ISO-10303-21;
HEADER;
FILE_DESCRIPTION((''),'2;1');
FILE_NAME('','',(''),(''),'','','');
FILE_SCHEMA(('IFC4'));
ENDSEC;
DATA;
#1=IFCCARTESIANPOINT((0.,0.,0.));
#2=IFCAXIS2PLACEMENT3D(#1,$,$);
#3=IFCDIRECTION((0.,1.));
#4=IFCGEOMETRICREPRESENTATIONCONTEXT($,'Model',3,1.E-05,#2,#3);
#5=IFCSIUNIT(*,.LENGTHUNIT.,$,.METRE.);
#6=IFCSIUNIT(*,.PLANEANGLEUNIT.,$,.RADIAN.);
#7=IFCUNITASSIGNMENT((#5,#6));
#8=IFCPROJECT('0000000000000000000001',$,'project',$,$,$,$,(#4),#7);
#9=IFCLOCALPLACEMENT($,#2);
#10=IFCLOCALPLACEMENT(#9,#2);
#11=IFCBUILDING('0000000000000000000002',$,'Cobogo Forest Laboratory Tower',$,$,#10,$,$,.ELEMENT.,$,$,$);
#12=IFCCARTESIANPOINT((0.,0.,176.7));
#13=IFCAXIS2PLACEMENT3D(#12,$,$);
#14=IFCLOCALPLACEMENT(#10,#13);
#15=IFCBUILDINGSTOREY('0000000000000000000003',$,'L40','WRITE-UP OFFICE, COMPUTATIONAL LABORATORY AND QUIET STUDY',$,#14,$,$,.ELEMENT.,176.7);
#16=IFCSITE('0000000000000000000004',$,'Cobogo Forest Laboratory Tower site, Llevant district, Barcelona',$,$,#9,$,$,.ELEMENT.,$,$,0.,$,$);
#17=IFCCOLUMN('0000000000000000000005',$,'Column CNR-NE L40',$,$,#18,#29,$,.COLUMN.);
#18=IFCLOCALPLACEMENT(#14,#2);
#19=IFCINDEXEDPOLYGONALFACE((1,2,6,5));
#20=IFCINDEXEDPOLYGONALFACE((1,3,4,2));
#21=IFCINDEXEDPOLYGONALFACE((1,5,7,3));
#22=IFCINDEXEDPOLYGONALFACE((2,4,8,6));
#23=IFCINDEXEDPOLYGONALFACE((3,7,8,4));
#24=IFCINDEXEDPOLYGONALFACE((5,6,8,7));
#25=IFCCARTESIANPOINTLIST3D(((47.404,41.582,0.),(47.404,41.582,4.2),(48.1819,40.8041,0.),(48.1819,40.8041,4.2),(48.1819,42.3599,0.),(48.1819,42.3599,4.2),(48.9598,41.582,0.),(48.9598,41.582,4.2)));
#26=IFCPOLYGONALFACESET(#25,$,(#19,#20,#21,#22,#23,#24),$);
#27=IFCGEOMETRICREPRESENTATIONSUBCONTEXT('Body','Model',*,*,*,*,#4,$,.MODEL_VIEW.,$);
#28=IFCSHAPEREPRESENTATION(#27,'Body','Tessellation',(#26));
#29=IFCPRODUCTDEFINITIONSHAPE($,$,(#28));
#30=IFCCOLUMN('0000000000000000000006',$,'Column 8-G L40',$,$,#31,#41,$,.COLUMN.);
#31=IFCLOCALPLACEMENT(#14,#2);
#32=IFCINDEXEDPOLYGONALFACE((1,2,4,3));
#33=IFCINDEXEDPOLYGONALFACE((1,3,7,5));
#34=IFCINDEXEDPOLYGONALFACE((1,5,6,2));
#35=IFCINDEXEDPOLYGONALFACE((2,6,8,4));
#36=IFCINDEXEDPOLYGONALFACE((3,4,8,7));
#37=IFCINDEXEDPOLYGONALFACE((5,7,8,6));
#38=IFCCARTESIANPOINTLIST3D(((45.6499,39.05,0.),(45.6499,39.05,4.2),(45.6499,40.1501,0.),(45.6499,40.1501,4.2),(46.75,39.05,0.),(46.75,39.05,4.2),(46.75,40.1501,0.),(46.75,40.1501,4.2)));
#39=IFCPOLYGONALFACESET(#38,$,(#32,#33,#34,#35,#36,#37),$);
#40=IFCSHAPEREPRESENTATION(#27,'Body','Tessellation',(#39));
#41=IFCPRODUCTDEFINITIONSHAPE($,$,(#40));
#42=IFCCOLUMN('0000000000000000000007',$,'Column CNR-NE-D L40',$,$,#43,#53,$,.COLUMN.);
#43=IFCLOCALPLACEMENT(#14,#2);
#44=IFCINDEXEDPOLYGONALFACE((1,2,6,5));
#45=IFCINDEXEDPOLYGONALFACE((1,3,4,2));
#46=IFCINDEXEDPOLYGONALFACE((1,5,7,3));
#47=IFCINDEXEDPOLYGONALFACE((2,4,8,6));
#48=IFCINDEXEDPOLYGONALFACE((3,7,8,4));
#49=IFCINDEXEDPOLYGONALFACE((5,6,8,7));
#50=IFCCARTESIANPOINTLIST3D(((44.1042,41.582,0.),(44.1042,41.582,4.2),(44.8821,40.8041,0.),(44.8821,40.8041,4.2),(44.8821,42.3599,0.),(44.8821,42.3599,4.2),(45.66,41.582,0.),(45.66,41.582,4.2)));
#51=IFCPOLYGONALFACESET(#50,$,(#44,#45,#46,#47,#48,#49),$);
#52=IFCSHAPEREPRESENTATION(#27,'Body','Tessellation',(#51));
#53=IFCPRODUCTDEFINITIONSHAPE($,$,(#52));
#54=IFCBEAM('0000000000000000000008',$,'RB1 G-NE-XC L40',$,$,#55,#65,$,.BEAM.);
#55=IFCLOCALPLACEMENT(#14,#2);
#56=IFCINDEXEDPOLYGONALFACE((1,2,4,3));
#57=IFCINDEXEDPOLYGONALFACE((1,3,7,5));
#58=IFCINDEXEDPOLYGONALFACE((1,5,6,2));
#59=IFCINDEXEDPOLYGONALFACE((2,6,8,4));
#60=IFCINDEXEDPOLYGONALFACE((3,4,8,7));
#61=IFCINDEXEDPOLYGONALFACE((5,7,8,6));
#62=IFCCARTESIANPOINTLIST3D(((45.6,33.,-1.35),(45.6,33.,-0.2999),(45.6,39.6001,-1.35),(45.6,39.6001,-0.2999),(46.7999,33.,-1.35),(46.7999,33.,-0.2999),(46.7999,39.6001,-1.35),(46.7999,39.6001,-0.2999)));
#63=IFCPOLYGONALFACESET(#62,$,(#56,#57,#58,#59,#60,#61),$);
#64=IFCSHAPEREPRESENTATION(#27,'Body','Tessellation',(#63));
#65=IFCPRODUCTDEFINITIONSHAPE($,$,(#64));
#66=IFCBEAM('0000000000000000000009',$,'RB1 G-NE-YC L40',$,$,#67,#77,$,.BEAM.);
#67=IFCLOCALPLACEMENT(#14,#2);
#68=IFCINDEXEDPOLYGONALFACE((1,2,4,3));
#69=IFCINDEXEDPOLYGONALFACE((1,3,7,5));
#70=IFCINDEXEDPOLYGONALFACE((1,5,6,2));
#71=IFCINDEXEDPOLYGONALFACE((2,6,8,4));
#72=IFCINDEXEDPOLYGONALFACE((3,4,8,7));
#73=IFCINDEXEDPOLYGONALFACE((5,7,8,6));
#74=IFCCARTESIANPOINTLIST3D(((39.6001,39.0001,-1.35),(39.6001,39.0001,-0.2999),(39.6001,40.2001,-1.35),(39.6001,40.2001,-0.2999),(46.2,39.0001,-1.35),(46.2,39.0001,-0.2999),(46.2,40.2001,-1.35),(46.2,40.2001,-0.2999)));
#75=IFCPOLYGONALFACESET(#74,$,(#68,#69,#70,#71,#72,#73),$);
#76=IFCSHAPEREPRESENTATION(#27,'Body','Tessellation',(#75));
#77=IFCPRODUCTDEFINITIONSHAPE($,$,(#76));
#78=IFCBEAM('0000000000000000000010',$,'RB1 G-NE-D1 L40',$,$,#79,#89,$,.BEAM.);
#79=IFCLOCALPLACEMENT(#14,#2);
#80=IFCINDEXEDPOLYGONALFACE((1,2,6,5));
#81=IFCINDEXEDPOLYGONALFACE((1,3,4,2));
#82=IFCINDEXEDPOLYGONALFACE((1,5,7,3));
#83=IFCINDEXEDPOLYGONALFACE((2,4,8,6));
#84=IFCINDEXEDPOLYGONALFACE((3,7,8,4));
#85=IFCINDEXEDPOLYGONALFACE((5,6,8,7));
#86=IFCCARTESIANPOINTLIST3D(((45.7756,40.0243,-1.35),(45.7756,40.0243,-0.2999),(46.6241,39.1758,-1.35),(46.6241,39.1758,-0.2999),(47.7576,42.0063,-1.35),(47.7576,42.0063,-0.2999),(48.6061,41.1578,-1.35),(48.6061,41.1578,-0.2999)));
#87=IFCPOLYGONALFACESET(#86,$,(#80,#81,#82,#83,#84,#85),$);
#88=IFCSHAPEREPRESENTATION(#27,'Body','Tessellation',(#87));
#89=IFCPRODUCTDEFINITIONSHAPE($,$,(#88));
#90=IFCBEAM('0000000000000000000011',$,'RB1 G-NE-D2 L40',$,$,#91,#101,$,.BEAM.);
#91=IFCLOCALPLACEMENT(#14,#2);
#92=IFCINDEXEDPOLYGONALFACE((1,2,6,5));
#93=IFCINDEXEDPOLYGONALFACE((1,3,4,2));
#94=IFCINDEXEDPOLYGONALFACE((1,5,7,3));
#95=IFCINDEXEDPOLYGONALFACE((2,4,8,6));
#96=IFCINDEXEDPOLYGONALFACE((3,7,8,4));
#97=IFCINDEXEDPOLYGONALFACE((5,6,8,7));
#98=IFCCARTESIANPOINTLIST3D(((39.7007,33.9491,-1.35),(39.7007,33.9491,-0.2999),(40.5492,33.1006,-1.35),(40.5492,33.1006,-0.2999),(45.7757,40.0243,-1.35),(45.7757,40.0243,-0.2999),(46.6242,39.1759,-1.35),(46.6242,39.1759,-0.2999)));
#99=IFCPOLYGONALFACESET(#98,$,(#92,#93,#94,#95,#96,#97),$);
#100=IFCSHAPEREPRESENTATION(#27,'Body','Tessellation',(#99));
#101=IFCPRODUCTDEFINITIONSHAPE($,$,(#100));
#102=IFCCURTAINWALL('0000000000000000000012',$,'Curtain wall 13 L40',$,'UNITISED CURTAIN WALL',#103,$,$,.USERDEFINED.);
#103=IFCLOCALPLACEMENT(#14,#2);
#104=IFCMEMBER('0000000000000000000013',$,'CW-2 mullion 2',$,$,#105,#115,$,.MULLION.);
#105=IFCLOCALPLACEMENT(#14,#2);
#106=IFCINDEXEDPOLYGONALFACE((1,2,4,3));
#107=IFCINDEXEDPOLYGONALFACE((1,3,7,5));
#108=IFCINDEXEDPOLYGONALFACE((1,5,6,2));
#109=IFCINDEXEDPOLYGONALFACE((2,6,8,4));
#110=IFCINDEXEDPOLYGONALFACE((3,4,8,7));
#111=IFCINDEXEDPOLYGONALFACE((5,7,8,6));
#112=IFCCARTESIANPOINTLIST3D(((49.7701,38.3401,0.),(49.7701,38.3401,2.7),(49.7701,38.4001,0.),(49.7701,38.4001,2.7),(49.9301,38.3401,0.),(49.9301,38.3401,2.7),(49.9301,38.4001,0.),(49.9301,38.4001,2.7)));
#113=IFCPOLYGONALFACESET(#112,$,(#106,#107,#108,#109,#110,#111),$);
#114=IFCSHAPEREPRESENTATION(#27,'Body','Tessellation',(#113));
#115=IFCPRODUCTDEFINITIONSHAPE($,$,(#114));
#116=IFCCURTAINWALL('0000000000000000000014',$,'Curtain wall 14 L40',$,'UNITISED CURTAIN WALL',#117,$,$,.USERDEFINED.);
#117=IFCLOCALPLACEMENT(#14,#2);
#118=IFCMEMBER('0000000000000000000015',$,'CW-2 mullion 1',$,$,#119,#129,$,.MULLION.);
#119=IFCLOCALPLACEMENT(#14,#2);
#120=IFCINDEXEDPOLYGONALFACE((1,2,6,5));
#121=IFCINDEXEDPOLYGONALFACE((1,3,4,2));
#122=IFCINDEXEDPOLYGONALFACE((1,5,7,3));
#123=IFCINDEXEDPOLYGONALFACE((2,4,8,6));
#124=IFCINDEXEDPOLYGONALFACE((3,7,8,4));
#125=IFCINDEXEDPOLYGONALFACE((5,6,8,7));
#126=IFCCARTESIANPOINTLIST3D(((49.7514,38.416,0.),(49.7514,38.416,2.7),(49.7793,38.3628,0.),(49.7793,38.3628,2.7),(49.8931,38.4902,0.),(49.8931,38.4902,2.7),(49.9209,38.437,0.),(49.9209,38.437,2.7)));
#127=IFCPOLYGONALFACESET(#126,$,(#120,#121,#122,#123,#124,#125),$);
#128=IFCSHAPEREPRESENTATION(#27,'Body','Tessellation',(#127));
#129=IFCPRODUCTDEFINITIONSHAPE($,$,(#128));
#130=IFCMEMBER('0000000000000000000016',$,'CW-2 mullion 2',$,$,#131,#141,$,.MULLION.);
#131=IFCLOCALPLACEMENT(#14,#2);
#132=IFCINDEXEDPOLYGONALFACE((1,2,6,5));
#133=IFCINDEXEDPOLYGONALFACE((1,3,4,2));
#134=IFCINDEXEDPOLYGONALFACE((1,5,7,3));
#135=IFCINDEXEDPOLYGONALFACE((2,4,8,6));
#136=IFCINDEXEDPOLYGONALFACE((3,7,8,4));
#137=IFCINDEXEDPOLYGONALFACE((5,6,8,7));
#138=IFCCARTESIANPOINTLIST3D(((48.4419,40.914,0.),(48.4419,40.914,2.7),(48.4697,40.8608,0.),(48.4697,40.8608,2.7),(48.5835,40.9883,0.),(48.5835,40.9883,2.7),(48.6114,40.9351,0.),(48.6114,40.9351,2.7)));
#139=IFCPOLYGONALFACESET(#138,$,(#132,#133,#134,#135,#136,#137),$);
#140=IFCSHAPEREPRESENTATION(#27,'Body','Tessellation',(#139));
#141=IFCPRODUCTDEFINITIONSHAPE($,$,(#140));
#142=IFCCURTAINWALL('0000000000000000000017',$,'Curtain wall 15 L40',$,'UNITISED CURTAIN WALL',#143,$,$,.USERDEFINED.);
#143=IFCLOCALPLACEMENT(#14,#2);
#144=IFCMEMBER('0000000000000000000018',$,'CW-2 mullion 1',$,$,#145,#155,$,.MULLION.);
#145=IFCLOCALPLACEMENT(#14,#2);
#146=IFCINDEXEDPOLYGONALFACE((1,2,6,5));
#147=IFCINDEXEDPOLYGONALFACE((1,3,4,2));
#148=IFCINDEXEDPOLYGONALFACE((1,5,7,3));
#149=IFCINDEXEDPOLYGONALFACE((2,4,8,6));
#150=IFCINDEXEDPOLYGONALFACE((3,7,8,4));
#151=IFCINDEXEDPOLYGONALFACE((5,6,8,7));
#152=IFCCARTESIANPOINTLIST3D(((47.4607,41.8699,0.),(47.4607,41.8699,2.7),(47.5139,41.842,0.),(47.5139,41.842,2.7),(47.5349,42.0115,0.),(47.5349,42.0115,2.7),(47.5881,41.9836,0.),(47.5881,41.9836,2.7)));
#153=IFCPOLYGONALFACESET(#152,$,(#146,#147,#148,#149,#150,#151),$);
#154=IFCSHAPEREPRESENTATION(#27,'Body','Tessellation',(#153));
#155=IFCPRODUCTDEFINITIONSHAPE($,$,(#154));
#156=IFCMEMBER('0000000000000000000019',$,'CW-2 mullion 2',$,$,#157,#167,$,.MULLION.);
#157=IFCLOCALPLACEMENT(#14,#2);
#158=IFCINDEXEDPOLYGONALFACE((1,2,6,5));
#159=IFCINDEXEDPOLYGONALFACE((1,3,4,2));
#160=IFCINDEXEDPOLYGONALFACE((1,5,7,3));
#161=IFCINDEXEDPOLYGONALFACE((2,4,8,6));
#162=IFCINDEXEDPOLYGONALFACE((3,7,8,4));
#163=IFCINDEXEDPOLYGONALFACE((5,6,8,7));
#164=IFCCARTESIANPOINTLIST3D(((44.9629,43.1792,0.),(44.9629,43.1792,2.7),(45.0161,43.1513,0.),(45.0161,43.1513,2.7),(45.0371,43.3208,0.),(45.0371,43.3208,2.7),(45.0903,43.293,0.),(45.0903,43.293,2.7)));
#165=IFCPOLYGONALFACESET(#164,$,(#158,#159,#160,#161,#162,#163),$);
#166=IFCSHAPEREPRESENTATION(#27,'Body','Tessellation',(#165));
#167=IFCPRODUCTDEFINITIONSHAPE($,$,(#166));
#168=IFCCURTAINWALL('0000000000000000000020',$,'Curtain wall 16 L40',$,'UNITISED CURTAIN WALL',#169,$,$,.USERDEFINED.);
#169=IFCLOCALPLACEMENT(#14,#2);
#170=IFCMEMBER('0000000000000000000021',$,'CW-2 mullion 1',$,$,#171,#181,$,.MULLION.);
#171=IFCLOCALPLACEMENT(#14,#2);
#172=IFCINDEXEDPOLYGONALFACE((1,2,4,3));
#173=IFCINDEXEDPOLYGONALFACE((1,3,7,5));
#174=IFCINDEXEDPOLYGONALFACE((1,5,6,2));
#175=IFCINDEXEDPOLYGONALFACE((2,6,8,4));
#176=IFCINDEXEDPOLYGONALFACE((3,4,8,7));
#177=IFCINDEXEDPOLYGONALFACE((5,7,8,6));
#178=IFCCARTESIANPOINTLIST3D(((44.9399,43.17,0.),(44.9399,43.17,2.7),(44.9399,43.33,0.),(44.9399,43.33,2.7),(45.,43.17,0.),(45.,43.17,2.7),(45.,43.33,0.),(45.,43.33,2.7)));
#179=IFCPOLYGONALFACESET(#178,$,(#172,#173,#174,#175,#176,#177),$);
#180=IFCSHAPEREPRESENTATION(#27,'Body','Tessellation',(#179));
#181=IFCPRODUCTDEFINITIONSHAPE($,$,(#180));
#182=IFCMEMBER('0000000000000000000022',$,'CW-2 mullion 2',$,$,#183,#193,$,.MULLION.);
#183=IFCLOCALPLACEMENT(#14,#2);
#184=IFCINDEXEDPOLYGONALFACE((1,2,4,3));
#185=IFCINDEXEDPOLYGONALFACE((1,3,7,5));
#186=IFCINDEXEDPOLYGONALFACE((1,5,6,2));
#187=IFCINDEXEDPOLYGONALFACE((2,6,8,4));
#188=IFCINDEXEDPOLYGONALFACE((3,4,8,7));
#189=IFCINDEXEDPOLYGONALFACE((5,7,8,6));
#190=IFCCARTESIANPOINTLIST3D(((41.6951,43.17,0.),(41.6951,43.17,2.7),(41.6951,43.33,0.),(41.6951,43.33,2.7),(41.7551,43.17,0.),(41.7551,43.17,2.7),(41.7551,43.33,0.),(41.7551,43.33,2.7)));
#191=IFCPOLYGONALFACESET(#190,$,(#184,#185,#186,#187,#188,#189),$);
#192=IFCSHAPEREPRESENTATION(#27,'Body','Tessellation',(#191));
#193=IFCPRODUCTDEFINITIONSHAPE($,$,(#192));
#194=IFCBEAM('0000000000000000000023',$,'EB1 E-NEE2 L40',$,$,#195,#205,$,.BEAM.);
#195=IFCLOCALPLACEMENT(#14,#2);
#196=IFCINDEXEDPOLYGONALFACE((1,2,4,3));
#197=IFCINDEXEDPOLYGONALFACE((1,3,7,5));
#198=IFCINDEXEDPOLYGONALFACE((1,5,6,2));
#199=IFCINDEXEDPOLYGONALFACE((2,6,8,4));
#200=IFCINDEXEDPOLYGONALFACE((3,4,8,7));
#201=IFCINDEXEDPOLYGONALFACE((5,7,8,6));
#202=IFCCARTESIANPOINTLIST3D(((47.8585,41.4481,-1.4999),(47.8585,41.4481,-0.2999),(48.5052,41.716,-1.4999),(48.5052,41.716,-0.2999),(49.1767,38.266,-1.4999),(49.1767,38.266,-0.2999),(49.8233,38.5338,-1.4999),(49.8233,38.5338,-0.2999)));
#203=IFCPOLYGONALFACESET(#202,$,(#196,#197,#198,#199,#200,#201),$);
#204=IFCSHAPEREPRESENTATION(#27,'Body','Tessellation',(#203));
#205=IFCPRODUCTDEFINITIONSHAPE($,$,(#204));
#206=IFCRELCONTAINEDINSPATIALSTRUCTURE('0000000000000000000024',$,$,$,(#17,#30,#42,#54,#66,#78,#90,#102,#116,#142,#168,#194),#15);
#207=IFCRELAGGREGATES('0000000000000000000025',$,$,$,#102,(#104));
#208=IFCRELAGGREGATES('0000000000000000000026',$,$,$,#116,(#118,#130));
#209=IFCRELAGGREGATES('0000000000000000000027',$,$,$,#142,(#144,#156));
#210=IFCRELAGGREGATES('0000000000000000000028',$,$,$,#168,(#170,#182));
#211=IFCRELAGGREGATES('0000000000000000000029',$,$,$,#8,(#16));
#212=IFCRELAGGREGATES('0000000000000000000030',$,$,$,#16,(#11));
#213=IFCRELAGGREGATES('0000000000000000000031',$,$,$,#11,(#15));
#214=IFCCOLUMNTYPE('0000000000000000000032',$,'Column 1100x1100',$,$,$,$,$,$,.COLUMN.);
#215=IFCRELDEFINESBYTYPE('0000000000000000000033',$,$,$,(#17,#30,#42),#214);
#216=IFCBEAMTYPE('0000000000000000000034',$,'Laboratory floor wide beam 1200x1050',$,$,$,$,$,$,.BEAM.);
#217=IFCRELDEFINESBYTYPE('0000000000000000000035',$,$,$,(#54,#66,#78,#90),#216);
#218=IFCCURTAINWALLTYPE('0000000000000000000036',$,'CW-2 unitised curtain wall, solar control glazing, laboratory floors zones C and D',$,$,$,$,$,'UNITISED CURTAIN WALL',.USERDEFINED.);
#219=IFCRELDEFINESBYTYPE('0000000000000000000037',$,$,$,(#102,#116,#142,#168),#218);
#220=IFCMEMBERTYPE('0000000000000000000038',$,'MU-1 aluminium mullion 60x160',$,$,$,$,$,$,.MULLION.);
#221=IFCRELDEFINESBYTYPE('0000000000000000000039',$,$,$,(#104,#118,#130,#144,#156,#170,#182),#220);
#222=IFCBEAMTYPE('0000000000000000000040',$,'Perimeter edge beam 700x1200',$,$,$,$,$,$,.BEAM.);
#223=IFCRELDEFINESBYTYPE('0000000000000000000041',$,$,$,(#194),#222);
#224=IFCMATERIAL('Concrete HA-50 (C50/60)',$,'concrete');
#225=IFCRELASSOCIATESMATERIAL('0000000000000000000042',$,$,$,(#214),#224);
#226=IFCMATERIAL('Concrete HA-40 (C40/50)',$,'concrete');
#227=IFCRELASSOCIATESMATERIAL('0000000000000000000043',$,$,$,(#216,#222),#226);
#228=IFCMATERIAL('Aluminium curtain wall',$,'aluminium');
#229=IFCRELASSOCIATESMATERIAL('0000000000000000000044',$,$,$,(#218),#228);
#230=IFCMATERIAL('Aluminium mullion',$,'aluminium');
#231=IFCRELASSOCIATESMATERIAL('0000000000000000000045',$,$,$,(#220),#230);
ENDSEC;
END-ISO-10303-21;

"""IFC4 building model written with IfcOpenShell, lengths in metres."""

from ifc_helpers import new_model, si_unit, direction, frame, origin, origin_2d, place, context, subcontext, project, spatial, rectangle, extrude, material, material_profile, profile_set, type_object, element, aggregate, save


model = new_model("IFC4")

# Units and contexts
model_context = context("Model", 3, precision=1e-05, world=origin(), true_north=direction((0.0, 1.0)))
body_context = subcontext(model_context, "Body", "Model", "MODEL_VIEW")
ifc_project = project(units=[si_unit("LENGTHUNIT", "METRE"), si_unit("PLANEANGLEUNIT", "RADIAN")], contexts=[model_context])

# Site, building, storey
site_placement = place(None, origin())
site = spatial("IfcSite", under=ifc_project, at=site_placement, Name="Cobogo Forest Laboratory Tower site, Llevant district, Barcelona", CompositionType="ELEMENT", RefElevation=0.0)
building_placement = place(site_placement, origin())
building = spatial("IfcBuilding", under=site, at=building_placement, Name="Cobogo Forest Laboratory Tower", CompositionType="ELEMENT")
storey_placement = place(building_placement, frame((0.0, 0.0, 176.7)))
storey = spatial("IfcBuildingStorey", under=building, at=storey_placement, Name="L40", Description="WRITE-UP OFFICE, COMPUTATIONAL LABORATORY AND QUIET STUDY", CompositionType="ELEMENT", Elevation=176.7)

# Columns
ifc_material_1 = material(Name="Concrete HA-50 (C50/60)", Category="concrete")
ifc_material_profile_1 = material_profile(ifc_material_1, rectangle(XDim=1.1001, YDim=1.1001, at=origin_2d()), Name="RC 1100x1100")
ifc_profile_set_1 = profile_set([ifc_material_profile_1], Name="Concrete HA-50 (C50/60)")
column_type = type_object("IfcColumnType", Name="Column 1100x1100", PredefinedType="COLUMN", material=ifc_profile_set_1)
for number, where, z_axis, x_axis, name in (
    (1, (48.1819, 41.582, 0.0), (0.0, 0.0, 1.0), (0.707107, 0.707107, 0.0), "Column CNR-NE L40"),
    (2, (46.2, 39.6001, 0.0), (0.0, 0.0, 1.0), (1.0, 0.0, 0.0), "Column 8-G L40"),
    (3, (44.8821, 41.582, 0.0), (0.0, 0.0, 1.0), (0.707107, 0.707107, 0.0), "Column CNR-NE-D L40"),
):
    element("IfcColumn", number, at=place(storey_placement, frame(where, z_axis=z_axis, x_axis=x_axis)), inside=storey, type_object=column_type, Name=name, PredefinedType="COLUMN", context=body_context, shape_type="SweptSolid", body=[
        extrude(rectangle(XDim=1.1001, YDim=1.1001, at=origin_2d()), origin(), (0.0, 0.0, 1.0), 4.2),
    ])

# Beams
ifc_material_2 = material(Name="Concrete HA-40 (C40/50)", Category="concrete")
ifc_material_profile_2 = material_profile(ifc_material_2, rectangle(XDim=1.2, YDim=1.05, at=origin_2d()), Name="RC 1200x1050")
ifc_profile_set_2 = profile_set([ifc_material_profile_2], Name="Concrete HA-40 (C40/50)")
beam_type_1 = type_object("IfcBeamType", Name="Laboratory floor wide beam 1200x1050", PredefinedType="BEAM", material=ifc_profile_set_2)
beam_1_placement = place(storey_placement, frame((46.2, 39.6001, -0.825), z_axis=(0.0, -1.0, 0.0), x_axis=(1.0, 0.0, 0.0)))
element("IfcBeam", 4, at=beam_1_placement, inside=storey, type_object=beam_type_1, Name="RB1 G-NE-XC L40", PredefinedType="BEAM", context=body_context, shape_type="SweptSolid", body=[
    extrude(rectangle(XDim=1.2, YDim=1.05, at=origin_2d()), origin(), (0.0, 0.0, 1.0), 6.6001),
])
beam_2_placement = place(storey_placement, frame((46.2, 39.6001, -0.825), z_axis=(-1.0, 0.0, 0.0), x_axis=(0.0, -1.0, 0.0)))
element("IfcBeam", 5, at=beam_2_placement, inside=storey, type_object=beam_type_1, Name="RB1 G-NE-YC L40", PredefinedType="BEAM", context=body_context, shape_type="SweptSolid", body=[
    extrude(rectangle(XDim=1.2, YDim=1.05, at=origin_2d()), origin(), (0.0, 0.0, 1.0), 6.5999),
])
beam_3_placement = place(storey_placement, frame((48.1819, 41.582, -0.825), z_axis=(-0.707107, -0.707107, 0.0), x_axis=(0.707107, -0.707107, 0.0)))
element("IfcBeam", 6, at=beam_3_placement, inside=storey, type_object=beam_type_1, Name="RB1 G-NE-D1 L40", PredefinedType="BEAM", context=body_context, shape_type="SweptSolid", body=[
    extrude(rectangle(XDim=1.2, YDim=1.05, at=origin_2d()), origin(), (0.0, 0.0, 1.0), 2.803),
])
beam_4_placement = place(storey_placement, frame((46.2, 39.6001, -0.825), z_axis=(-0.707093, -0.707121, 0.0), x_axis=(0.707121, -0.707093, 0.0)))
element("IfcBeam", 7, at=beam_4_placement, inside=storey, type_object=beam_type_1, Name="RB1 G-NE-D2 L40", PredefinedType="BEAM", context=body_context, shape_type="SweptSolid", body=[
    extrude(rectangle(XDim=1.2, YDim=1.05, at=origin_2d()), origin(), (0.0, 0.0, 1.0), 8.5916),
])

# Curtain wall, member
ifc_material_3 = material(Name="Aluminium curtain wall", Category="aluminium")
curtain_wall_type = type_object("IfcCurtainWallType", Name="CW-2 unitised curtain wall, solar control glazing, laboratory floors zones C and D", ElementType="UNITISED CURTAIN WALL", PredefinedType="USERDEFINED", material=ifc_material_3)
curtain_wall_1_placement = place(storey_placement, origin())
curtain_wall_1 = element("IfcCurtainWall", 8, at=curtain_wall_1_placement, inside=storey, type_object=curtain_wall_type, Name="Curtain wall 13 L40", ObjectType="UNITISED CURTAIN WALL", PredefinedType="USERDEFINED")
ifc_material_4 = material(Name="Aluminium mullion", Category="aluminium")
ifc_material_profile_3 = material_profile(ifc_material_4, rectangle(XDim=0.0601, YDim=0.1599, at=origin_2d()), Name="AL 60x160")
ifc_profile_set_3 = profile_set([ifc_material_profile_3], Name="Aluminium mullion")
member_type_1 = type_object("IfcMemberType", Name="MU-1 aluminium mullion 60x160", PredefinedType="MULLION", material=ifc_profile_set_3)
member_1_placement = place(storey_placement, frame((49.8501, 38.3701, 0.0), z_axis=(0.0, 0.0, 1.0), x_axis=(0.0, 1.0, 0.0)))
member_1 = element("IfcMember", 9, at=member_1_placement, type_object=member_type_1, Name="CW-2 mullion 2", PredefinedType="MULLION", context=body_context, shape_type="SweptSolid", body=[
    extrude(rectangle(XDim=0.0601, YDim=0.1599, at=origin_2d()), origin(), (0.0, 0.0, 1.0), 2.7),
])

# Curtain walls, members
curtain_wall_2_placement = place(storey_placement, origin())
curtain_wall_2 = element("IfcCurtainWall", 10, at=curtain_wall_2_placement, inside=storey, type_object=curtain_wall_type, Name="Curtain wall 14 L40", ObjectType="UNITISED CURTAIN WALL", PredefinedType="USERDEFINED")
member_2_placement = place(storey_placement, frame((49.8362, 38.4265, 0.0), z_axis=(0.0, 0.0, 1.0), x_axis=(-0.464284, 0.885686, 0.0)))
member_2 = element("IfcMember", 11, at=member_2_placement, type_object=member_type_1, Name="CW-2 mullion 1", PredefinedType="MULLION", context=body_context, shape_type="SweptSolid", body=[
    extrude(rectangle(XDim=0.0601, YDim=0.1599, at=origin_2d()), origin(), (0.0, 0.0, 1.0), 2.7),
])
member_3_placement = place(storey_placement, frame((48.5266, 40.9246, 0.0), z_axis=(0.0, 0.0, 1.0), x_axis=(-0.464284, 0.885686, 0.0)))
member_3 = element("IfcMember", 12, at=member_3_placement, type_object=member_type_1, Name="CW-2 mullion 2", PredefinedType="MULLION", context=body_context, shape_type="SweptSolid", body=[
    extrude(rectangle(XDim=0.0601, YDim=0.1599, at=origin_2d()), origin(), (0.0, 0.0, 1.0), 2.7),
])
curtain_wall_3_placement = place(storey_placement, origin())
curtain_wall_3 = element("IfcCurtainWall", 13, at=curtain_wall_3_placement, inside=storey, type_object=curtain_wall_type, Name="Curtain wall 15 L40", ObjectType="UNITISED CURTAIN WALL", PredefinedType="USERDEFINED")
member_4_placement = place(storey_placement, frame((47.5244, 41.9268, 0.0), z_axis=(0.0, 0.0, 1.0), x_axis=(-0.885686, 0.464284, 0.0)))
member_4 = element("IfcMember", 14, at=member_4_placement, type_object=member_type_1, Name="CW-2 mullion 1", PredefinedType="MULLION", context=body_context, shape_type="SweptSolid", body=[
    extrude(rectangle(XDim=0.0601, YDim=0.1599, at=origin_2d()), origin(), (0.0, 0.0, 1.0), 2.7),
])
member_5_placement = place(storey_placement, frame((45.0266, 43.2361, 0.0), z_axis=(0.0, 0.0, 1.0), x_axis=(-0.885686, 0.464284, 0.0)))
member_5 = element("IfcMember", 15, at=member_5_placement, type_object=member_type_1, Name="CW-2 mullion 2", PredefinedType="MULLION", context=body_context, shape_type="SweptSolid", body=[
    extrude(rectangle(XDim=0.0601, YDim=0.1599, at=origin_2d()), origin(), (0.0, 0.0, 1.0), 2.7),
])
curtain_wall_4_placement = place(storey_placement, origin())
curtain_wall_4 = element("IfcCurtainWall", 16, at=curtain_wall_4_placement, inside=storey, type_object=curtain_wall_type, Name="Curtain wall 16 L40", ObjectType="UNITISED CURTAIN WALL", PredefinedType="USERDEFINED")
member_6_placement = place(storey_placement, frame((44.97, 43.25, 0.0), z_axis=(0.0, 0.0, 1.0), x_axis=(-1.0, 0.0, 0.0)))
member_6 = element("IfcMember", 17, at=member_6_placement, type_object=member_type_1, Name="CW-2 mullion 1", PredefinedType="MULLION", context=body_context, shape_type="SweptSolid", body=[
    extrude(rectangle(XDim=0.0601, YDim=0.1599, at=origin_2d()), origin(), (0.0, 0.0, 1.0), 2.7),
])
member_7_placement = place(storey_placement, frame((41.7251, 43.25, 0.0), z_axis=(0.0, 0.0, 1.0), x_axis=(-1.0, 0.0, 0.0)))
member_7 = element("IfcMember", 18, at=member_7_placement, type_object=member_type_1, Name="CW-2 mullion 2", PredefinedType="MULLION", context=body_context, shape_type="SweptSolid", body=[
    extrude(rectangle(XDim=0.0601, YDim=0.1599, at=origin_2d()), origin(), (0.0, 0.0, 1.0), 2.7),
])

# Beam
ifc_material_profile_4 = material_profile(ifc_material_2, rectangle(XDim=0.7, YDim=1.2, at=origin_2d()), Name="RC 700x1200")
ifc_profile_set_4 = profile_set([ifc_material_profile_4], Name="Concrete HA-40 (C40/50)")
beam_type_2 = type_object("IfcBeamType", Name="Perimeter edge beam 700x1200", PredefinedType="BEAM", material=ifc_profile_set_4)
beam_5_placement = place(storey_placement, frame((49.5, 38.3999, -0.8999), z_axis=(-0.382692, 0.923876, 0.0), x_axis=(-0.923876, -0.382692, 0.0)))
element("IfcBeam", 19, at=beam_5_placement, inside=storey, type_object=beam_type_2, Name="EB1 E-NEE2 L40", PredefinedType="BEAM", context=body_context, shape_type="SweptSolid", body=[
    extrude(rectangle(XDim=0.7, YDim=1.2, at=origin_2d()), origin(), (0.0, 0.0, 1.0), 3.4443),
])

aggregate(curtain_wall_1, [member_1])
aggregate(curtain_wall_2, [member_2, member_3])
aggregate(curtain_wall_3, [member_4, member_5])
aggregate(curtain_wall_4, [member_6, member_7])

save(model, "model.ifc")
